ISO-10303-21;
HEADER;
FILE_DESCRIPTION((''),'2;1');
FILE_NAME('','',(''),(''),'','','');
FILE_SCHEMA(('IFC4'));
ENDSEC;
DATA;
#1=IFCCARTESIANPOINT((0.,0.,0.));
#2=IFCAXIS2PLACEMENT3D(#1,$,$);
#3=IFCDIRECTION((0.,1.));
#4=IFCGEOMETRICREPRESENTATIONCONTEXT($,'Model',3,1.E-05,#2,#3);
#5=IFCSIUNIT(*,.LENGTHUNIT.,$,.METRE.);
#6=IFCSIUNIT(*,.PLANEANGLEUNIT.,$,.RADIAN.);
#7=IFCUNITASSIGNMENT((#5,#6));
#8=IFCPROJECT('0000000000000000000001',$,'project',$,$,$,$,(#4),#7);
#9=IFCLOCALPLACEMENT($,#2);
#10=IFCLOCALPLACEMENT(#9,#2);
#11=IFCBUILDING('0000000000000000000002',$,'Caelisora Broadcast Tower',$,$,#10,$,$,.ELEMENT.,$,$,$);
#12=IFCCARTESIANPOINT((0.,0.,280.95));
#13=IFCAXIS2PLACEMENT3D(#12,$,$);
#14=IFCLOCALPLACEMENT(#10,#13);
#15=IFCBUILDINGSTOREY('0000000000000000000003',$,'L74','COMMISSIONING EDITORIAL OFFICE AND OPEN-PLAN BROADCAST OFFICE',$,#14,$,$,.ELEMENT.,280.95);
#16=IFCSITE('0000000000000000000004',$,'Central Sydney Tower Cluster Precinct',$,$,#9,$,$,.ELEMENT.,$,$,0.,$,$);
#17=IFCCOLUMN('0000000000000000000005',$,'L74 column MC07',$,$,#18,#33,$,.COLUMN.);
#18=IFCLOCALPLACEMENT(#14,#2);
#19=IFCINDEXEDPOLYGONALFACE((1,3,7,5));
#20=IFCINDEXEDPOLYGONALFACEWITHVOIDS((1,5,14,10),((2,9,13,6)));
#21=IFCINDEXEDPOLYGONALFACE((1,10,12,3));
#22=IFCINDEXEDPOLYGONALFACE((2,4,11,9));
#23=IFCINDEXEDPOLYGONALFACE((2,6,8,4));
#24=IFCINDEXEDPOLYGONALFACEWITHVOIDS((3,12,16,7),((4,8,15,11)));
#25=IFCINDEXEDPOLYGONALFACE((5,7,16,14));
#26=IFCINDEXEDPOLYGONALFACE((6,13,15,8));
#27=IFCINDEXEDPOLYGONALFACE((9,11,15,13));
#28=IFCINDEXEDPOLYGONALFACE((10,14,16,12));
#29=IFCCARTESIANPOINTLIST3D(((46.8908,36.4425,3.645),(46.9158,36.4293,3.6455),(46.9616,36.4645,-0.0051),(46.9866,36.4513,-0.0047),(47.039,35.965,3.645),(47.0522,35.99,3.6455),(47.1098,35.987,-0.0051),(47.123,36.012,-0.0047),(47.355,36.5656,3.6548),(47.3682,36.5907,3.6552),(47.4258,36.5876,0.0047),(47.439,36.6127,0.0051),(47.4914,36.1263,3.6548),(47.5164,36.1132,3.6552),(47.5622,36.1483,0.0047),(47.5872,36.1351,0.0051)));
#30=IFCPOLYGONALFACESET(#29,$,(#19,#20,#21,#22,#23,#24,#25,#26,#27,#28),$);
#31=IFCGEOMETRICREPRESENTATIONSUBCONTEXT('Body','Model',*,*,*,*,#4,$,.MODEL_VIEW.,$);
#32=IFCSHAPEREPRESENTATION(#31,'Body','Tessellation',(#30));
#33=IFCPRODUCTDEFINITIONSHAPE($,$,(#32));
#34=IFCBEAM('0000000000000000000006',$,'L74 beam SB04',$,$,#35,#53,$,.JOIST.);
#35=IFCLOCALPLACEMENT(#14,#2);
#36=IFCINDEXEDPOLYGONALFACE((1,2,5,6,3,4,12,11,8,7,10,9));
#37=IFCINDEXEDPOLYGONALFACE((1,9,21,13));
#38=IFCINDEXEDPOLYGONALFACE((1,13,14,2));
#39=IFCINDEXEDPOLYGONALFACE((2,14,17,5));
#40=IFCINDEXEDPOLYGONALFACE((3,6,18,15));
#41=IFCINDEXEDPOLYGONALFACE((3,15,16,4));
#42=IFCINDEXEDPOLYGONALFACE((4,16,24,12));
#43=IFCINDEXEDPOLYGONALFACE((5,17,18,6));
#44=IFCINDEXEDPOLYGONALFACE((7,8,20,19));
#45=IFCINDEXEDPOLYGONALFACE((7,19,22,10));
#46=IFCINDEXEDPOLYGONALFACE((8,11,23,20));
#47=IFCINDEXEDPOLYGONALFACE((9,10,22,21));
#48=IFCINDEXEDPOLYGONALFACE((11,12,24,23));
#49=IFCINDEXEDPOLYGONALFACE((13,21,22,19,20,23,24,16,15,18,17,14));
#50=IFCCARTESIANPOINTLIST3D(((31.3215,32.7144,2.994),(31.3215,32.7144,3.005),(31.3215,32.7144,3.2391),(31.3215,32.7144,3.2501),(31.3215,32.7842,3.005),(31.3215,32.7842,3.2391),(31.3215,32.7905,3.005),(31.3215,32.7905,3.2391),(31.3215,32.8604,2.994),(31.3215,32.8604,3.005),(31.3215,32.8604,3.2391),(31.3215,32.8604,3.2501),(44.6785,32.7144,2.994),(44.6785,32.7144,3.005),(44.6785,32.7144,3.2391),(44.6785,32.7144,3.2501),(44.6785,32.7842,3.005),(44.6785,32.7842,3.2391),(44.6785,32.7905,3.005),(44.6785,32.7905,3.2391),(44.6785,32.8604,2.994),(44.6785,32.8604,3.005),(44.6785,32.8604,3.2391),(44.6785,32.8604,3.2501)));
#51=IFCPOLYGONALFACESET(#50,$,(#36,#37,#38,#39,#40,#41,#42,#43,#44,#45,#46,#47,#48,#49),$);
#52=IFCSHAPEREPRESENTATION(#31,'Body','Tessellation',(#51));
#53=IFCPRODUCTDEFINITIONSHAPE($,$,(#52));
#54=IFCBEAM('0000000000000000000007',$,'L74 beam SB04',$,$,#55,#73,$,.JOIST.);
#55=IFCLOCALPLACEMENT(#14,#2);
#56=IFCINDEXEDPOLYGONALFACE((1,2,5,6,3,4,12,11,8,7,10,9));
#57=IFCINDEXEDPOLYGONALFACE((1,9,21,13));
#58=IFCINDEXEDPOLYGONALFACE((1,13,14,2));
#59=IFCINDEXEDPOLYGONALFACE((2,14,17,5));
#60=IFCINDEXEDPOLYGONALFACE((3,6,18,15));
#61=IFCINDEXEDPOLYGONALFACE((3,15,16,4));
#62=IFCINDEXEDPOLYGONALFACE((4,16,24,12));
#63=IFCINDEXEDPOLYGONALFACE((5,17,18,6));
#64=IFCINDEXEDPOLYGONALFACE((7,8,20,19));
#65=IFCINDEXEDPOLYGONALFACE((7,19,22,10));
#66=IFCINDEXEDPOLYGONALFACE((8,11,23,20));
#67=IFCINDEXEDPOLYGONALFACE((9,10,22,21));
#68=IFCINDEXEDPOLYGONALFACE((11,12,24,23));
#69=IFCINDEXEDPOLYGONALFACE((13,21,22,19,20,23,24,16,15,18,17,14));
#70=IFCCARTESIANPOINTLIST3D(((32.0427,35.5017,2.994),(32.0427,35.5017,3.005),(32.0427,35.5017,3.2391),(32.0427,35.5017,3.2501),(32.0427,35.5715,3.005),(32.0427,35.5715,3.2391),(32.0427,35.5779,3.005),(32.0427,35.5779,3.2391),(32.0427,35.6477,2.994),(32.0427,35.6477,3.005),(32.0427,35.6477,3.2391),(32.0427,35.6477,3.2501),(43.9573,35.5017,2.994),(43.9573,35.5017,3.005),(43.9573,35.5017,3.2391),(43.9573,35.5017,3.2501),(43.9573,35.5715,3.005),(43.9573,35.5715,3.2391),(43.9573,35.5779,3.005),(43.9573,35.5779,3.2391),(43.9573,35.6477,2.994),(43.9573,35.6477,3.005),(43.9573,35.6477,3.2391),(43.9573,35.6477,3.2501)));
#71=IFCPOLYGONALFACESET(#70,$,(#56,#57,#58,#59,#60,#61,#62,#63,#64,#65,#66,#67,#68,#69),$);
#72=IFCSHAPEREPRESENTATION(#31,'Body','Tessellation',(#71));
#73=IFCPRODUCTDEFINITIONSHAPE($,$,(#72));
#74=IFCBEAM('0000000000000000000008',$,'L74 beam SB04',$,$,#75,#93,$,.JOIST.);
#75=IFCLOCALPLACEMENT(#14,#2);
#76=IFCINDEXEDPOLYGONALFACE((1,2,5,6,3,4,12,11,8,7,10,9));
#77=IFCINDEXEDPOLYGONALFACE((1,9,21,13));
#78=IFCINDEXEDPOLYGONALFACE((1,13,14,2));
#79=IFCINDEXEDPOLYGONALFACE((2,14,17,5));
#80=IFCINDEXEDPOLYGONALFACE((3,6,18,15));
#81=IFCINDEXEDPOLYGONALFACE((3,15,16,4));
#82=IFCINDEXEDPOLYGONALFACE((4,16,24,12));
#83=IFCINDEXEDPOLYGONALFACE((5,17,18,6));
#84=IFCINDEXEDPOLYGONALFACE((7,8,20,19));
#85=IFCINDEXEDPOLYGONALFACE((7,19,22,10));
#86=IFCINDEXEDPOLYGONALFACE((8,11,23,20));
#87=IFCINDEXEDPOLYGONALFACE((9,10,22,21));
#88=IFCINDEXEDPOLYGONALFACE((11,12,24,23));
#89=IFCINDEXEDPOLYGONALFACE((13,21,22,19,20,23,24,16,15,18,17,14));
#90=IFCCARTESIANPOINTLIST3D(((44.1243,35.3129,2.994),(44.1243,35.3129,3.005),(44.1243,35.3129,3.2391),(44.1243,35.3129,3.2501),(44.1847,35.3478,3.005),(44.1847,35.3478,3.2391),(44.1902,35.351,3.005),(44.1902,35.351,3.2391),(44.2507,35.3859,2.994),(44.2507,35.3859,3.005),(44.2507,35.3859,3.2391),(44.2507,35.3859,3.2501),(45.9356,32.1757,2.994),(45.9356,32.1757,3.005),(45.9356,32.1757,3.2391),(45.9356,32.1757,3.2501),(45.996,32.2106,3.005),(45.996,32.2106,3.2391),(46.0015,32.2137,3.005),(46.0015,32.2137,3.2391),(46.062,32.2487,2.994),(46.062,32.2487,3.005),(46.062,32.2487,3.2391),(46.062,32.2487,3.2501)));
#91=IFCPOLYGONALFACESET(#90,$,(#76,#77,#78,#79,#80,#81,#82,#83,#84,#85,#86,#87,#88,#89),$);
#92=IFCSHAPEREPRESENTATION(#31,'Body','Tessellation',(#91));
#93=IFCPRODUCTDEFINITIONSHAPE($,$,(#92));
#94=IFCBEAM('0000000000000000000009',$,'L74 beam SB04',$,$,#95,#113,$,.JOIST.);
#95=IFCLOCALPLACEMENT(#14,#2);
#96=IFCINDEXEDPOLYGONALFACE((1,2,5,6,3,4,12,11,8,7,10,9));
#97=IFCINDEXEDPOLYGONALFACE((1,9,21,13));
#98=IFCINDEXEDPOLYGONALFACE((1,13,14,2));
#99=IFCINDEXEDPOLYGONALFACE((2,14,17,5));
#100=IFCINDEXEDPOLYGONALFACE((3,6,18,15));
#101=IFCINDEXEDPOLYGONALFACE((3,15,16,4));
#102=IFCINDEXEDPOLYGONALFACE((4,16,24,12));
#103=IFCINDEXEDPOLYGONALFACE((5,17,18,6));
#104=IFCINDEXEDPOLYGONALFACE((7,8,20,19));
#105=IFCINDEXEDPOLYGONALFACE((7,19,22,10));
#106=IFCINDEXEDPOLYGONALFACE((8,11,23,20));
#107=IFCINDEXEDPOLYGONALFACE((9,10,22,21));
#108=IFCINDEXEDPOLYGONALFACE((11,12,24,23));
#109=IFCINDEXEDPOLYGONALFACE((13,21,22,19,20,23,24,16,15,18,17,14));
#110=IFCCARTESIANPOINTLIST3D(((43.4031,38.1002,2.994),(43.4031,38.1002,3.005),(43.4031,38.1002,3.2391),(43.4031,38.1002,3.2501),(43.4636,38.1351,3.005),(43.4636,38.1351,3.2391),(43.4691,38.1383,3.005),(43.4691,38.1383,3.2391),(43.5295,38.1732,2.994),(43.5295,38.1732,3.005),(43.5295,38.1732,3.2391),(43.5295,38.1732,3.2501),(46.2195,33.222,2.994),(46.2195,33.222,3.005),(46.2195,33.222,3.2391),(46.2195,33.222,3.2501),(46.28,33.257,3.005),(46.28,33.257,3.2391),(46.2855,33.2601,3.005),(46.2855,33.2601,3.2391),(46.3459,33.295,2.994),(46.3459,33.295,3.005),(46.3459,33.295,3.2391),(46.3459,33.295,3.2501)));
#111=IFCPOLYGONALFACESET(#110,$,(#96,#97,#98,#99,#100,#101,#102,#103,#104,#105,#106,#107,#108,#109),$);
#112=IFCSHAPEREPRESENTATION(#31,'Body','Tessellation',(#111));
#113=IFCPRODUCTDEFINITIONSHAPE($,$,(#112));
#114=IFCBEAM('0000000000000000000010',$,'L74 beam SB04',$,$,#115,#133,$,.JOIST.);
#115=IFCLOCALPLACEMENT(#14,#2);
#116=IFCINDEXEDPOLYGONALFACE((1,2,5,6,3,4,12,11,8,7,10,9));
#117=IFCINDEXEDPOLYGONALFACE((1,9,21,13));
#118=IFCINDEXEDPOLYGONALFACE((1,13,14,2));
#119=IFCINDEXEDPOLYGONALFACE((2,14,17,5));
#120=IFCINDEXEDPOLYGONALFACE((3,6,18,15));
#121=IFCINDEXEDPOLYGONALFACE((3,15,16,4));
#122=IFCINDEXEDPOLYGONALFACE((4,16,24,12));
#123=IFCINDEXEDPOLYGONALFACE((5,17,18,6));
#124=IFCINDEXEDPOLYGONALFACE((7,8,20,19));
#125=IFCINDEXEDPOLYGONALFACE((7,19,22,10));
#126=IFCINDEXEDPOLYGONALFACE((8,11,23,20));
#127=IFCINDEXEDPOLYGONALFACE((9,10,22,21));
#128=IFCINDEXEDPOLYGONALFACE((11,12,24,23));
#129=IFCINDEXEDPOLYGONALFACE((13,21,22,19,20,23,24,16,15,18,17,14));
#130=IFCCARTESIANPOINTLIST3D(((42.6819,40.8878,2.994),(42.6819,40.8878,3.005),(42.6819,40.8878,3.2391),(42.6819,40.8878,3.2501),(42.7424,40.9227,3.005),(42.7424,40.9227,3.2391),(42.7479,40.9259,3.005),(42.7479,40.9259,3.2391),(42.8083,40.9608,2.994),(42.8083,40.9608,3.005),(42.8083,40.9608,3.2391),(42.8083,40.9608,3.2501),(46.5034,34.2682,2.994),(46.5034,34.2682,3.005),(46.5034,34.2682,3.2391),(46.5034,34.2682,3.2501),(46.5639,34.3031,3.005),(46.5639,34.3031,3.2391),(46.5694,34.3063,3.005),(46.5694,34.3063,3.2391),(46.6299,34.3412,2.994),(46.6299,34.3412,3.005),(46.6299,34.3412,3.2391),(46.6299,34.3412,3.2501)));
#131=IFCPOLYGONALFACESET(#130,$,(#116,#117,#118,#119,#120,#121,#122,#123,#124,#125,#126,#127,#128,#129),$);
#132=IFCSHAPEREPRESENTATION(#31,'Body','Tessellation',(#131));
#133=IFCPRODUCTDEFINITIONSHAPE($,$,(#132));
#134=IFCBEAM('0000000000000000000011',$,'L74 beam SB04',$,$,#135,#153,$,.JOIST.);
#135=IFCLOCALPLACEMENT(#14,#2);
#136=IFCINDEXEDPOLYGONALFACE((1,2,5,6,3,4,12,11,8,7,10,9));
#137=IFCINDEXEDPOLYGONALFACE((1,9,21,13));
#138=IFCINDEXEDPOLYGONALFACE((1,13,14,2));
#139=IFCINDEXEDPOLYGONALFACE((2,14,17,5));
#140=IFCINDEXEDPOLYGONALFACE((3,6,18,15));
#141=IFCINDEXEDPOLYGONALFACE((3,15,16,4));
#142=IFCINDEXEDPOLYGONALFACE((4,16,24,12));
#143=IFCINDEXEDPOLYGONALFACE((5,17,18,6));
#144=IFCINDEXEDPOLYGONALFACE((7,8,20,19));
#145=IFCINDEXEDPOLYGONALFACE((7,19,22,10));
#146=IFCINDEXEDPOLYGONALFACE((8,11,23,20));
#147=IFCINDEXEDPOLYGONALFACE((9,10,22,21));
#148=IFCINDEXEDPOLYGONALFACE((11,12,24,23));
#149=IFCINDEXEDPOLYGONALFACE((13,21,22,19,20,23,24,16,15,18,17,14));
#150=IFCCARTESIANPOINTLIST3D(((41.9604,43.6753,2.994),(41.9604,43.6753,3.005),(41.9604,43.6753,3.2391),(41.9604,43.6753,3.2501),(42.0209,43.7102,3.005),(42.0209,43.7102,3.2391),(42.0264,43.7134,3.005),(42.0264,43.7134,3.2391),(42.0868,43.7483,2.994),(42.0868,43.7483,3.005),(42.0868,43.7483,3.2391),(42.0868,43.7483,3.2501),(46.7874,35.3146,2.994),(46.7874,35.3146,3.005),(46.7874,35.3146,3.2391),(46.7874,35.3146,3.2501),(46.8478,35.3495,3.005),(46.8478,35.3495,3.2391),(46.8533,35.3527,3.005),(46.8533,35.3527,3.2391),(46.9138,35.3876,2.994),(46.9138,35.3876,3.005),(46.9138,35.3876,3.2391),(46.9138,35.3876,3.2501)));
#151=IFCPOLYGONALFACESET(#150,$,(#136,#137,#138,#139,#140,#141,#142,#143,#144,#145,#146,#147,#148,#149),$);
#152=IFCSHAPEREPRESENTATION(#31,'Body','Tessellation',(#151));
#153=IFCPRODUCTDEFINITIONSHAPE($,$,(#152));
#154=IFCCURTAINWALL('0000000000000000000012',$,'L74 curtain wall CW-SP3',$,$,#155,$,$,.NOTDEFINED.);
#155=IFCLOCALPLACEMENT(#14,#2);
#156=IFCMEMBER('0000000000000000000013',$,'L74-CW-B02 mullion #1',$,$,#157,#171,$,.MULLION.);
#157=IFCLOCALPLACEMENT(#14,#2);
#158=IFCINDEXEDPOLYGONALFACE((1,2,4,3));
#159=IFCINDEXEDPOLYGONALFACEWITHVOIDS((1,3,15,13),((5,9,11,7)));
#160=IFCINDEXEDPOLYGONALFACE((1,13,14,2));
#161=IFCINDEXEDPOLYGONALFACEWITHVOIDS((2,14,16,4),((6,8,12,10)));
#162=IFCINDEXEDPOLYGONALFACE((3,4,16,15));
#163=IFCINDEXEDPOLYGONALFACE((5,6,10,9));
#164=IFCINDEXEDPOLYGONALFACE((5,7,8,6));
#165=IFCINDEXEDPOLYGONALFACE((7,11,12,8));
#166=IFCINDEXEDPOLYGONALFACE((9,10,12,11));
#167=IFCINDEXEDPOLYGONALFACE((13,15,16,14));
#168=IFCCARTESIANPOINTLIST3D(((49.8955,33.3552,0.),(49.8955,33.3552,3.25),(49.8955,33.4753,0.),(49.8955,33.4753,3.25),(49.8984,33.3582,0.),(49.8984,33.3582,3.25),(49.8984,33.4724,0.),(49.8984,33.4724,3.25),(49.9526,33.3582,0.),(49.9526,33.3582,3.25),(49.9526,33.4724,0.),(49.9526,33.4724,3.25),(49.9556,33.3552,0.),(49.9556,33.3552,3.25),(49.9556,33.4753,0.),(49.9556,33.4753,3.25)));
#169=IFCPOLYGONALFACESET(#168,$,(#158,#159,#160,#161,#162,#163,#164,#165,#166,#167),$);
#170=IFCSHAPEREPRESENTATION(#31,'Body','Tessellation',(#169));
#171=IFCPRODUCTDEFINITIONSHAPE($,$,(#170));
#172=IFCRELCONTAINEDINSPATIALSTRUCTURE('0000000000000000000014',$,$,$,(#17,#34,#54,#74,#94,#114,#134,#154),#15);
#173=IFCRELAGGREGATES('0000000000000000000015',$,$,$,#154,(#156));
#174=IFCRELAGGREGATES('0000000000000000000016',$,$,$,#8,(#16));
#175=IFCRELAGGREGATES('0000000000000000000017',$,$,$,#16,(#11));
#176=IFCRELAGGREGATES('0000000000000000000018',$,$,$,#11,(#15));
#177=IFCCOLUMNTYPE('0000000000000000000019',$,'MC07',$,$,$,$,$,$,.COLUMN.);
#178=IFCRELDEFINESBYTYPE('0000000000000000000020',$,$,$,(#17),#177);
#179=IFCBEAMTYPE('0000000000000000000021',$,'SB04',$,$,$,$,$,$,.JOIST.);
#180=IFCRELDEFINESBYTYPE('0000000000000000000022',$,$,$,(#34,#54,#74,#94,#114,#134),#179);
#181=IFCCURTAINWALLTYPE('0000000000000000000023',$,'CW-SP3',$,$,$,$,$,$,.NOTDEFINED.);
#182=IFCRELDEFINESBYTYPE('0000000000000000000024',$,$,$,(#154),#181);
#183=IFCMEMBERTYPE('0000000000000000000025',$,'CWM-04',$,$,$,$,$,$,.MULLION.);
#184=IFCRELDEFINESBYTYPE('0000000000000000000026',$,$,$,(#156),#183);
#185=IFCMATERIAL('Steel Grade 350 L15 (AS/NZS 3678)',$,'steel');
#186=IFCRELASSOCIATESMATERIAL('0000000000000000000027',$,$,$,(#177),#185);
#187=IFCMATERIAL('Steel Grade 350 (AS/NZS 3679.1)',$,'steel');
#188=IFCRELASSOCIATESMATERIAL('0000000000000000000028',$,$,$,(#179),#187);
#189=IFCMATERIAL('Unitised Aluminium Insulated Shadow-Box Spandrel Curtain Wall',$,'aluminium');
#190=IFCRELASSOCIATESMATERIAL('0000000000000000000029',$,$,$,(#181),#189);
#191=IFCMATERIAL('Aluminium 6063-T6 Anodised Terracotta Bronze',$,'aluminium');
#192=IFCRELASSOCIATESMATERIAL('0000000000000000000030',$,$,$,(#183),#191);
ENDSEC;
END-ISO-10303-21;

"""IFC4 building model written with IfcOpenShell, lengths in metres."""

from ifc_helpers import new_model, si_unit, direction, frame, origin, origin_2d, place, context, subcontext, project, spatial, hollow_rectangle, i_section, extrude, source, transform, mapped, material, material_profile, profile_set, type_object, type_shapes, element, aggregate, save


model = new_model("IFC4")

# Units and contexts
model_context = context("Model", 3, precision=1e-05, world=origin(), true_north=direction((0.0, 1.0)))
body_context = subcontext(model_context, "Body", "Model", "MODEL_VIEW")
ifc_project = project(units=[si_unit("LENGTHUNIT", "METRE"), si_unit("PLANEANGLEUNIT", "RADIAN")], contexts=[model_context])

# Site, building, storey
site_placement = place(None, origin())
site = spatial("IfcSite", under=ifc_project, at=site_placement, Name="Central Sydney Tower Cluster Precinct", CompositionType="ELEMENT", RefElevation=0.0)
building_placement = place(site_placement, origin())
building = spatial("IfcBuilding", under=site, at=building_placement, Name="Caelisora Broadcast Tower", CompositionType="ELEMENT")
storey_placement = place(building_placement, frame((0.0, 0.0, 280.95)))
storey = spatial("IfcBuildingStorey", under=building, at=storey_placement, Name="L74", Description="COMMISSIONING EDITORIAL OFFICE AND OPEN-PLAN BROADCAST OFFICE", CompositionType="ELEMENT", Elevation=280.95)

# Column
ifc_material_1 = material(Name="Steel Grade 350 L15 (AS/NZS 3678)", Category="steel")
ifc_material_profile_1 = material_profile(ifc_material_1, hollow_rectangle(XDim=0.5, YDim=0.5, WallThickness=0.02, at=origin_2d()), Name="Steel Grade 350 L15 (AS/NZS 3678)")
ifc_profile_set_1 = profile_set([ifc_material_profile_1], Name="Steel Grade 350 L15 (AS/NZS 3678)")
column_type = type_object("IfcColumnType", Name="MC07", PredefinedType="COLUMN", material=ifc_profile_set_1)
shared_shape_1 = source(origin(), body_context, "Body", "SweptSolid", [
    extrude(hollow_rectangle(XDim=0.5, YDim=0.5, WallThickness=0.02, at=origin_2d()), origin(), (0.0, 0.0, 1.0), 3.6509),
])
type_shapes(column_type, [shared_shape_1])
column_placement = place(storey_placement, frame((47.2744, 36.2998, 0.0), z_axis=(-0.019393, -0.006018, 0.999794), x_axis=(0.296399, -0.955064, 0.0)))
element("IfcColumn", 1, at=column_placement, inside=storey, type_object=column_type, Name="L74 column MC07", PredefinedType="COLUMN", context=body_context, shape_type="MappedRepresentation", body=[
    mapped(shared_shape_1, transform((0.0, 0.0, 0.0), scale=1.0)),
])

# Beams
ifc_material_2 = material(Name="Steel Grade 350 (AS/NZS 3679.1)", Category="steel")
ifc_material_profile_2 = material_profile(ifc_material_2, i_section(OverallWidth=0.146, OverallDepth=0.2561, WebThickness=0.0063, FlangeThickness=0.011, at=origin_2d()), Name="Steel Grade 350 (AS/NZS 3679.1)")
ifc_profile_set_2 = profile_set([ifc_material_profile_2], Name="Steel Grade 350 (AS/NZS 3679.1)")
beam_type = type_object("IfcBeamType", Name="SB04", PredefinedType="JOIST", material=ifc_profile_set_2)
shared_shape_2 = source(origin(), body_context, "Body", "SweptSolid", [
    extrude(i_section(OverallWidth=0.146, OverallDepth=0.2561, WebThickness=0.0063, FlangeThickness=0.011, at=origin_2d()), origin(), (0.0, 0.0, 1.0), 13.3569),
])
beam_1_placement = place(storey_placement, frame((44.6785, 32.7874, 3.1221), z_axis=(-1.0, 0.0, 0.0), x_axis=(0.0, -1.0, 0.0)))
element("IfcBeam", 2, at=beam_1_placement, inside=storey, type_object=beam_type, Name="L74 beam SB04", PredefinedType="JOIST", context=body_context, shape_type="MappedRepresentation", body=[
    mapped(shared_shape_2, transform((0.0, 0.0, 0.0), scale=1.0)),
])
shared_shape_3 = source(origin(), body_context, "Body", "SweptSolid", [
    extrude(i_section(OverallWidth=0.146, OverallDepth=0.2561, WebThickness=0.0063, FlangeThickness=0.011, at=origin_2d()), origin(), (0.0, 0.0, 1.0), 11.9146),
])
beam_2_placement = place(storey_placement, frame((43.9573, 35.5747, 3.1221), z_axis=(-1.0, 0.0, 0.0), x_axis=(0.0, -1.0, 0.0)))
element("IfcBeam", 3, at=beam_2_placement, inside=storey, type_object=beam_type, Name="L74 beam SB04", PredefinedType="JOIST", context=body_context, shape_type="MappedRepresentation", body=[
    mapped(shared_shape_3, transform((0.0, 0.0, 0.0), scale=1.0)),
])
shared_shape_4 = source(origin(), body_context, "Body", "SweptSolid", [
    extrude(i_section(OverallWidth=0.146, OverallDepth=0.2561, WebThickness=0.0063, FlangeThickness=0.011, at=origin_2d()), origin(), (0.0, 0.0, 1.0), 3.6226),
])
beam_3_placement = place(storey_placement, frame((45.9988, 32.2122, 3.1221), z_axis=(-0.500002, 0.866024, 0.0), x_axis=(-0.866024, -0.500002, 0.0)))
element("IfcBeam", 4, at=beam_3_placement, inside=storey, type_object=beam_type, Name="L74 beam SB04", PredefinedType="JOIST", context=body_context, shape_type="MappedRepresentation", body=[
    mapped(shared_shape_4, transform((0.0, 0.0, 0.0), scale=1.0)),
])
shared_shape_5 = source(origin(), body_context, "Body", "SweptSolid", [
    extrude(i_section(OverallWidth=0.146, OverallDepth=0.2561, WebThickness=0.0063, FlangeThickness=0.011, at=origin_2d()), origin(), (0.0, 0.0, 1.0), 5.6328),
])
beam_4_placement = place(storey_placement, frame((46.2827, 33.2585, 3.1221), z_axis=(-0.499999, 0.866026, 0.0), x_axis=(-0.866026, -0.499999, 0.0)))
element("IfcBeam", 5, at=beam_4_placement, inside=storey, type_object=beam_type, Name="L74 beam SB04", PredefinedType="JOIST", context=body_context, shape_type="MappedRepresentation", body=[
    mapped(shared_shape_5, transform((0.0, 0.0, 0.0), scale=1.0)),
])
shared_shape_6 = source(origin(), body_context, "Body", "SweptSolid", [
    extrude(i_section(OverallWidth=0.146, OverallDepth=0.2561, WebThickness=0.0063, FlangeThickness=0.011, at=origin_2d()), origin(), (0.0, 0.0, 1.0), 7.6436),
])
beam_5_placement = place(storey_placement, frame((46.5667, 34.3047, 3.1221), z_axis=(-0.499969, 0.866043, 0.0), x_axis=(-0.866043, -0.499969, 0.0)))
element("IfcBeam", 6, at=beam_5_placement, inside=storey, type_object=beam_type, Name="L74 beam SB04", PredefinedType="JOIST", context=body_context, shape_type="MappedRepresentation", body=[
    mapped(shared_shape_6, transform((0.0, 0.0, 0.0), scale=1.0)),
])
shared_shape_7 = source(origin(), body_context, "Body", "SweptSolid", [
    extrude(i_section(OverallWidth=0.146, OverallDepth=0.2561, WebThickness=0.0063, FlangeThickness=0.011, at=origin_2d()), origin(), (0.0, 0.0, 1.0), 9.6541),
])
type_shapes(beam_type, [shared_shape_2, shared_shape_3, shared_shape_4, shared_shape_5, shared_shape_6, shared_shape_7])
beam_6_placement = place(storey_placement, frame((46.8506, 35.3511, 3.1221), z_axis=(-0.499993, 0.866029, 0.0), x_axis=(-0.866029, -0.499993, 0.0)))
element("IfcBeam", 7, at=beam_6_placement, inside=storey, type_object=beam_type, Name="L74 beam SB04", PredefinedType="JOIST", context=body_context, shape_type="MappedRepresentation", body=[
    mapped(shared_shape_7, transform((0.0, 0.0, 0.0), scale=1.0)),
])

# Curtain wall, member
ifc_material_3 = material(Name="Unitised Aluminium Insulated Shadow-Box Spandrel Curtain Wall", Category="aluminium")
curtain_wall_type = type_object("IfcCurtainWallType", Name="CW-SP3", PredefinedType="NOTDEFINED", material=ifc_material_3)
curtain_wall_placement = place(storey_placement, origin())
curtain_wall = element("IfcCurtainWall", 8, at=curtain_wall_placement, inside=storey, type_object=curtain_wall_type, Name="L74 curtain wall CW-SP3", PredefinedType="NOTDEFINED")
ifc_material_4 = material(Name="Aluminium 6063-T6 Anodised Terracotta Bronze", Category="aluminium")
ifc_material_profile_3 = material_profile(ifc_material_4, hollow_rectangle(XDim=0.0601, YDim=0.1201, WallThickness=0.0029, at=origin_2d()), Name="Aluminium 6063-T6 Anodised Terracotta Bronze")
ifc_profile_set_3 = profile_set([ifc_material_profile_3], Name="Aluminium 6063-T6 Anodised Terracotta Bronze")
member_type = type_object("IfcMemberType", Name="CWM-04", PredefinedType="MULLION", material=ifc_profile_set_3)
shared_shape_8 = source(origin(), body_context, "Body", "SweptSolid", [
    extrude(hollow_rectangle(XDim=0.0601, YDim=0.1201, WallThickness=0.0029, at=origin_2d()), origin(), (0.0, 0.0, 1.0), 3.25),
])
type_shapes(member_type, [shared_shape_8])
member_placement = place(storey_placement, frame((49.9255, 33.4153, 0.0), z_axis=(0.0, 0.0, 1.0), x_axis=(1.0, 0.0, 0.0)))
member = element("IfcMember", 9, at=member_placement, type_object=member_type, Name="L74-CW-B02 mullion #1", PredefinedType="MULLION", context=body_context, shape_type="MappedRepresentation", body=[
    mapped(shared_shape_8, transform((0.0, 0.0, 0.0), scale=1.0)),
])

aggregate(curtain_wall, [member])

save(model, "model.ifc")
